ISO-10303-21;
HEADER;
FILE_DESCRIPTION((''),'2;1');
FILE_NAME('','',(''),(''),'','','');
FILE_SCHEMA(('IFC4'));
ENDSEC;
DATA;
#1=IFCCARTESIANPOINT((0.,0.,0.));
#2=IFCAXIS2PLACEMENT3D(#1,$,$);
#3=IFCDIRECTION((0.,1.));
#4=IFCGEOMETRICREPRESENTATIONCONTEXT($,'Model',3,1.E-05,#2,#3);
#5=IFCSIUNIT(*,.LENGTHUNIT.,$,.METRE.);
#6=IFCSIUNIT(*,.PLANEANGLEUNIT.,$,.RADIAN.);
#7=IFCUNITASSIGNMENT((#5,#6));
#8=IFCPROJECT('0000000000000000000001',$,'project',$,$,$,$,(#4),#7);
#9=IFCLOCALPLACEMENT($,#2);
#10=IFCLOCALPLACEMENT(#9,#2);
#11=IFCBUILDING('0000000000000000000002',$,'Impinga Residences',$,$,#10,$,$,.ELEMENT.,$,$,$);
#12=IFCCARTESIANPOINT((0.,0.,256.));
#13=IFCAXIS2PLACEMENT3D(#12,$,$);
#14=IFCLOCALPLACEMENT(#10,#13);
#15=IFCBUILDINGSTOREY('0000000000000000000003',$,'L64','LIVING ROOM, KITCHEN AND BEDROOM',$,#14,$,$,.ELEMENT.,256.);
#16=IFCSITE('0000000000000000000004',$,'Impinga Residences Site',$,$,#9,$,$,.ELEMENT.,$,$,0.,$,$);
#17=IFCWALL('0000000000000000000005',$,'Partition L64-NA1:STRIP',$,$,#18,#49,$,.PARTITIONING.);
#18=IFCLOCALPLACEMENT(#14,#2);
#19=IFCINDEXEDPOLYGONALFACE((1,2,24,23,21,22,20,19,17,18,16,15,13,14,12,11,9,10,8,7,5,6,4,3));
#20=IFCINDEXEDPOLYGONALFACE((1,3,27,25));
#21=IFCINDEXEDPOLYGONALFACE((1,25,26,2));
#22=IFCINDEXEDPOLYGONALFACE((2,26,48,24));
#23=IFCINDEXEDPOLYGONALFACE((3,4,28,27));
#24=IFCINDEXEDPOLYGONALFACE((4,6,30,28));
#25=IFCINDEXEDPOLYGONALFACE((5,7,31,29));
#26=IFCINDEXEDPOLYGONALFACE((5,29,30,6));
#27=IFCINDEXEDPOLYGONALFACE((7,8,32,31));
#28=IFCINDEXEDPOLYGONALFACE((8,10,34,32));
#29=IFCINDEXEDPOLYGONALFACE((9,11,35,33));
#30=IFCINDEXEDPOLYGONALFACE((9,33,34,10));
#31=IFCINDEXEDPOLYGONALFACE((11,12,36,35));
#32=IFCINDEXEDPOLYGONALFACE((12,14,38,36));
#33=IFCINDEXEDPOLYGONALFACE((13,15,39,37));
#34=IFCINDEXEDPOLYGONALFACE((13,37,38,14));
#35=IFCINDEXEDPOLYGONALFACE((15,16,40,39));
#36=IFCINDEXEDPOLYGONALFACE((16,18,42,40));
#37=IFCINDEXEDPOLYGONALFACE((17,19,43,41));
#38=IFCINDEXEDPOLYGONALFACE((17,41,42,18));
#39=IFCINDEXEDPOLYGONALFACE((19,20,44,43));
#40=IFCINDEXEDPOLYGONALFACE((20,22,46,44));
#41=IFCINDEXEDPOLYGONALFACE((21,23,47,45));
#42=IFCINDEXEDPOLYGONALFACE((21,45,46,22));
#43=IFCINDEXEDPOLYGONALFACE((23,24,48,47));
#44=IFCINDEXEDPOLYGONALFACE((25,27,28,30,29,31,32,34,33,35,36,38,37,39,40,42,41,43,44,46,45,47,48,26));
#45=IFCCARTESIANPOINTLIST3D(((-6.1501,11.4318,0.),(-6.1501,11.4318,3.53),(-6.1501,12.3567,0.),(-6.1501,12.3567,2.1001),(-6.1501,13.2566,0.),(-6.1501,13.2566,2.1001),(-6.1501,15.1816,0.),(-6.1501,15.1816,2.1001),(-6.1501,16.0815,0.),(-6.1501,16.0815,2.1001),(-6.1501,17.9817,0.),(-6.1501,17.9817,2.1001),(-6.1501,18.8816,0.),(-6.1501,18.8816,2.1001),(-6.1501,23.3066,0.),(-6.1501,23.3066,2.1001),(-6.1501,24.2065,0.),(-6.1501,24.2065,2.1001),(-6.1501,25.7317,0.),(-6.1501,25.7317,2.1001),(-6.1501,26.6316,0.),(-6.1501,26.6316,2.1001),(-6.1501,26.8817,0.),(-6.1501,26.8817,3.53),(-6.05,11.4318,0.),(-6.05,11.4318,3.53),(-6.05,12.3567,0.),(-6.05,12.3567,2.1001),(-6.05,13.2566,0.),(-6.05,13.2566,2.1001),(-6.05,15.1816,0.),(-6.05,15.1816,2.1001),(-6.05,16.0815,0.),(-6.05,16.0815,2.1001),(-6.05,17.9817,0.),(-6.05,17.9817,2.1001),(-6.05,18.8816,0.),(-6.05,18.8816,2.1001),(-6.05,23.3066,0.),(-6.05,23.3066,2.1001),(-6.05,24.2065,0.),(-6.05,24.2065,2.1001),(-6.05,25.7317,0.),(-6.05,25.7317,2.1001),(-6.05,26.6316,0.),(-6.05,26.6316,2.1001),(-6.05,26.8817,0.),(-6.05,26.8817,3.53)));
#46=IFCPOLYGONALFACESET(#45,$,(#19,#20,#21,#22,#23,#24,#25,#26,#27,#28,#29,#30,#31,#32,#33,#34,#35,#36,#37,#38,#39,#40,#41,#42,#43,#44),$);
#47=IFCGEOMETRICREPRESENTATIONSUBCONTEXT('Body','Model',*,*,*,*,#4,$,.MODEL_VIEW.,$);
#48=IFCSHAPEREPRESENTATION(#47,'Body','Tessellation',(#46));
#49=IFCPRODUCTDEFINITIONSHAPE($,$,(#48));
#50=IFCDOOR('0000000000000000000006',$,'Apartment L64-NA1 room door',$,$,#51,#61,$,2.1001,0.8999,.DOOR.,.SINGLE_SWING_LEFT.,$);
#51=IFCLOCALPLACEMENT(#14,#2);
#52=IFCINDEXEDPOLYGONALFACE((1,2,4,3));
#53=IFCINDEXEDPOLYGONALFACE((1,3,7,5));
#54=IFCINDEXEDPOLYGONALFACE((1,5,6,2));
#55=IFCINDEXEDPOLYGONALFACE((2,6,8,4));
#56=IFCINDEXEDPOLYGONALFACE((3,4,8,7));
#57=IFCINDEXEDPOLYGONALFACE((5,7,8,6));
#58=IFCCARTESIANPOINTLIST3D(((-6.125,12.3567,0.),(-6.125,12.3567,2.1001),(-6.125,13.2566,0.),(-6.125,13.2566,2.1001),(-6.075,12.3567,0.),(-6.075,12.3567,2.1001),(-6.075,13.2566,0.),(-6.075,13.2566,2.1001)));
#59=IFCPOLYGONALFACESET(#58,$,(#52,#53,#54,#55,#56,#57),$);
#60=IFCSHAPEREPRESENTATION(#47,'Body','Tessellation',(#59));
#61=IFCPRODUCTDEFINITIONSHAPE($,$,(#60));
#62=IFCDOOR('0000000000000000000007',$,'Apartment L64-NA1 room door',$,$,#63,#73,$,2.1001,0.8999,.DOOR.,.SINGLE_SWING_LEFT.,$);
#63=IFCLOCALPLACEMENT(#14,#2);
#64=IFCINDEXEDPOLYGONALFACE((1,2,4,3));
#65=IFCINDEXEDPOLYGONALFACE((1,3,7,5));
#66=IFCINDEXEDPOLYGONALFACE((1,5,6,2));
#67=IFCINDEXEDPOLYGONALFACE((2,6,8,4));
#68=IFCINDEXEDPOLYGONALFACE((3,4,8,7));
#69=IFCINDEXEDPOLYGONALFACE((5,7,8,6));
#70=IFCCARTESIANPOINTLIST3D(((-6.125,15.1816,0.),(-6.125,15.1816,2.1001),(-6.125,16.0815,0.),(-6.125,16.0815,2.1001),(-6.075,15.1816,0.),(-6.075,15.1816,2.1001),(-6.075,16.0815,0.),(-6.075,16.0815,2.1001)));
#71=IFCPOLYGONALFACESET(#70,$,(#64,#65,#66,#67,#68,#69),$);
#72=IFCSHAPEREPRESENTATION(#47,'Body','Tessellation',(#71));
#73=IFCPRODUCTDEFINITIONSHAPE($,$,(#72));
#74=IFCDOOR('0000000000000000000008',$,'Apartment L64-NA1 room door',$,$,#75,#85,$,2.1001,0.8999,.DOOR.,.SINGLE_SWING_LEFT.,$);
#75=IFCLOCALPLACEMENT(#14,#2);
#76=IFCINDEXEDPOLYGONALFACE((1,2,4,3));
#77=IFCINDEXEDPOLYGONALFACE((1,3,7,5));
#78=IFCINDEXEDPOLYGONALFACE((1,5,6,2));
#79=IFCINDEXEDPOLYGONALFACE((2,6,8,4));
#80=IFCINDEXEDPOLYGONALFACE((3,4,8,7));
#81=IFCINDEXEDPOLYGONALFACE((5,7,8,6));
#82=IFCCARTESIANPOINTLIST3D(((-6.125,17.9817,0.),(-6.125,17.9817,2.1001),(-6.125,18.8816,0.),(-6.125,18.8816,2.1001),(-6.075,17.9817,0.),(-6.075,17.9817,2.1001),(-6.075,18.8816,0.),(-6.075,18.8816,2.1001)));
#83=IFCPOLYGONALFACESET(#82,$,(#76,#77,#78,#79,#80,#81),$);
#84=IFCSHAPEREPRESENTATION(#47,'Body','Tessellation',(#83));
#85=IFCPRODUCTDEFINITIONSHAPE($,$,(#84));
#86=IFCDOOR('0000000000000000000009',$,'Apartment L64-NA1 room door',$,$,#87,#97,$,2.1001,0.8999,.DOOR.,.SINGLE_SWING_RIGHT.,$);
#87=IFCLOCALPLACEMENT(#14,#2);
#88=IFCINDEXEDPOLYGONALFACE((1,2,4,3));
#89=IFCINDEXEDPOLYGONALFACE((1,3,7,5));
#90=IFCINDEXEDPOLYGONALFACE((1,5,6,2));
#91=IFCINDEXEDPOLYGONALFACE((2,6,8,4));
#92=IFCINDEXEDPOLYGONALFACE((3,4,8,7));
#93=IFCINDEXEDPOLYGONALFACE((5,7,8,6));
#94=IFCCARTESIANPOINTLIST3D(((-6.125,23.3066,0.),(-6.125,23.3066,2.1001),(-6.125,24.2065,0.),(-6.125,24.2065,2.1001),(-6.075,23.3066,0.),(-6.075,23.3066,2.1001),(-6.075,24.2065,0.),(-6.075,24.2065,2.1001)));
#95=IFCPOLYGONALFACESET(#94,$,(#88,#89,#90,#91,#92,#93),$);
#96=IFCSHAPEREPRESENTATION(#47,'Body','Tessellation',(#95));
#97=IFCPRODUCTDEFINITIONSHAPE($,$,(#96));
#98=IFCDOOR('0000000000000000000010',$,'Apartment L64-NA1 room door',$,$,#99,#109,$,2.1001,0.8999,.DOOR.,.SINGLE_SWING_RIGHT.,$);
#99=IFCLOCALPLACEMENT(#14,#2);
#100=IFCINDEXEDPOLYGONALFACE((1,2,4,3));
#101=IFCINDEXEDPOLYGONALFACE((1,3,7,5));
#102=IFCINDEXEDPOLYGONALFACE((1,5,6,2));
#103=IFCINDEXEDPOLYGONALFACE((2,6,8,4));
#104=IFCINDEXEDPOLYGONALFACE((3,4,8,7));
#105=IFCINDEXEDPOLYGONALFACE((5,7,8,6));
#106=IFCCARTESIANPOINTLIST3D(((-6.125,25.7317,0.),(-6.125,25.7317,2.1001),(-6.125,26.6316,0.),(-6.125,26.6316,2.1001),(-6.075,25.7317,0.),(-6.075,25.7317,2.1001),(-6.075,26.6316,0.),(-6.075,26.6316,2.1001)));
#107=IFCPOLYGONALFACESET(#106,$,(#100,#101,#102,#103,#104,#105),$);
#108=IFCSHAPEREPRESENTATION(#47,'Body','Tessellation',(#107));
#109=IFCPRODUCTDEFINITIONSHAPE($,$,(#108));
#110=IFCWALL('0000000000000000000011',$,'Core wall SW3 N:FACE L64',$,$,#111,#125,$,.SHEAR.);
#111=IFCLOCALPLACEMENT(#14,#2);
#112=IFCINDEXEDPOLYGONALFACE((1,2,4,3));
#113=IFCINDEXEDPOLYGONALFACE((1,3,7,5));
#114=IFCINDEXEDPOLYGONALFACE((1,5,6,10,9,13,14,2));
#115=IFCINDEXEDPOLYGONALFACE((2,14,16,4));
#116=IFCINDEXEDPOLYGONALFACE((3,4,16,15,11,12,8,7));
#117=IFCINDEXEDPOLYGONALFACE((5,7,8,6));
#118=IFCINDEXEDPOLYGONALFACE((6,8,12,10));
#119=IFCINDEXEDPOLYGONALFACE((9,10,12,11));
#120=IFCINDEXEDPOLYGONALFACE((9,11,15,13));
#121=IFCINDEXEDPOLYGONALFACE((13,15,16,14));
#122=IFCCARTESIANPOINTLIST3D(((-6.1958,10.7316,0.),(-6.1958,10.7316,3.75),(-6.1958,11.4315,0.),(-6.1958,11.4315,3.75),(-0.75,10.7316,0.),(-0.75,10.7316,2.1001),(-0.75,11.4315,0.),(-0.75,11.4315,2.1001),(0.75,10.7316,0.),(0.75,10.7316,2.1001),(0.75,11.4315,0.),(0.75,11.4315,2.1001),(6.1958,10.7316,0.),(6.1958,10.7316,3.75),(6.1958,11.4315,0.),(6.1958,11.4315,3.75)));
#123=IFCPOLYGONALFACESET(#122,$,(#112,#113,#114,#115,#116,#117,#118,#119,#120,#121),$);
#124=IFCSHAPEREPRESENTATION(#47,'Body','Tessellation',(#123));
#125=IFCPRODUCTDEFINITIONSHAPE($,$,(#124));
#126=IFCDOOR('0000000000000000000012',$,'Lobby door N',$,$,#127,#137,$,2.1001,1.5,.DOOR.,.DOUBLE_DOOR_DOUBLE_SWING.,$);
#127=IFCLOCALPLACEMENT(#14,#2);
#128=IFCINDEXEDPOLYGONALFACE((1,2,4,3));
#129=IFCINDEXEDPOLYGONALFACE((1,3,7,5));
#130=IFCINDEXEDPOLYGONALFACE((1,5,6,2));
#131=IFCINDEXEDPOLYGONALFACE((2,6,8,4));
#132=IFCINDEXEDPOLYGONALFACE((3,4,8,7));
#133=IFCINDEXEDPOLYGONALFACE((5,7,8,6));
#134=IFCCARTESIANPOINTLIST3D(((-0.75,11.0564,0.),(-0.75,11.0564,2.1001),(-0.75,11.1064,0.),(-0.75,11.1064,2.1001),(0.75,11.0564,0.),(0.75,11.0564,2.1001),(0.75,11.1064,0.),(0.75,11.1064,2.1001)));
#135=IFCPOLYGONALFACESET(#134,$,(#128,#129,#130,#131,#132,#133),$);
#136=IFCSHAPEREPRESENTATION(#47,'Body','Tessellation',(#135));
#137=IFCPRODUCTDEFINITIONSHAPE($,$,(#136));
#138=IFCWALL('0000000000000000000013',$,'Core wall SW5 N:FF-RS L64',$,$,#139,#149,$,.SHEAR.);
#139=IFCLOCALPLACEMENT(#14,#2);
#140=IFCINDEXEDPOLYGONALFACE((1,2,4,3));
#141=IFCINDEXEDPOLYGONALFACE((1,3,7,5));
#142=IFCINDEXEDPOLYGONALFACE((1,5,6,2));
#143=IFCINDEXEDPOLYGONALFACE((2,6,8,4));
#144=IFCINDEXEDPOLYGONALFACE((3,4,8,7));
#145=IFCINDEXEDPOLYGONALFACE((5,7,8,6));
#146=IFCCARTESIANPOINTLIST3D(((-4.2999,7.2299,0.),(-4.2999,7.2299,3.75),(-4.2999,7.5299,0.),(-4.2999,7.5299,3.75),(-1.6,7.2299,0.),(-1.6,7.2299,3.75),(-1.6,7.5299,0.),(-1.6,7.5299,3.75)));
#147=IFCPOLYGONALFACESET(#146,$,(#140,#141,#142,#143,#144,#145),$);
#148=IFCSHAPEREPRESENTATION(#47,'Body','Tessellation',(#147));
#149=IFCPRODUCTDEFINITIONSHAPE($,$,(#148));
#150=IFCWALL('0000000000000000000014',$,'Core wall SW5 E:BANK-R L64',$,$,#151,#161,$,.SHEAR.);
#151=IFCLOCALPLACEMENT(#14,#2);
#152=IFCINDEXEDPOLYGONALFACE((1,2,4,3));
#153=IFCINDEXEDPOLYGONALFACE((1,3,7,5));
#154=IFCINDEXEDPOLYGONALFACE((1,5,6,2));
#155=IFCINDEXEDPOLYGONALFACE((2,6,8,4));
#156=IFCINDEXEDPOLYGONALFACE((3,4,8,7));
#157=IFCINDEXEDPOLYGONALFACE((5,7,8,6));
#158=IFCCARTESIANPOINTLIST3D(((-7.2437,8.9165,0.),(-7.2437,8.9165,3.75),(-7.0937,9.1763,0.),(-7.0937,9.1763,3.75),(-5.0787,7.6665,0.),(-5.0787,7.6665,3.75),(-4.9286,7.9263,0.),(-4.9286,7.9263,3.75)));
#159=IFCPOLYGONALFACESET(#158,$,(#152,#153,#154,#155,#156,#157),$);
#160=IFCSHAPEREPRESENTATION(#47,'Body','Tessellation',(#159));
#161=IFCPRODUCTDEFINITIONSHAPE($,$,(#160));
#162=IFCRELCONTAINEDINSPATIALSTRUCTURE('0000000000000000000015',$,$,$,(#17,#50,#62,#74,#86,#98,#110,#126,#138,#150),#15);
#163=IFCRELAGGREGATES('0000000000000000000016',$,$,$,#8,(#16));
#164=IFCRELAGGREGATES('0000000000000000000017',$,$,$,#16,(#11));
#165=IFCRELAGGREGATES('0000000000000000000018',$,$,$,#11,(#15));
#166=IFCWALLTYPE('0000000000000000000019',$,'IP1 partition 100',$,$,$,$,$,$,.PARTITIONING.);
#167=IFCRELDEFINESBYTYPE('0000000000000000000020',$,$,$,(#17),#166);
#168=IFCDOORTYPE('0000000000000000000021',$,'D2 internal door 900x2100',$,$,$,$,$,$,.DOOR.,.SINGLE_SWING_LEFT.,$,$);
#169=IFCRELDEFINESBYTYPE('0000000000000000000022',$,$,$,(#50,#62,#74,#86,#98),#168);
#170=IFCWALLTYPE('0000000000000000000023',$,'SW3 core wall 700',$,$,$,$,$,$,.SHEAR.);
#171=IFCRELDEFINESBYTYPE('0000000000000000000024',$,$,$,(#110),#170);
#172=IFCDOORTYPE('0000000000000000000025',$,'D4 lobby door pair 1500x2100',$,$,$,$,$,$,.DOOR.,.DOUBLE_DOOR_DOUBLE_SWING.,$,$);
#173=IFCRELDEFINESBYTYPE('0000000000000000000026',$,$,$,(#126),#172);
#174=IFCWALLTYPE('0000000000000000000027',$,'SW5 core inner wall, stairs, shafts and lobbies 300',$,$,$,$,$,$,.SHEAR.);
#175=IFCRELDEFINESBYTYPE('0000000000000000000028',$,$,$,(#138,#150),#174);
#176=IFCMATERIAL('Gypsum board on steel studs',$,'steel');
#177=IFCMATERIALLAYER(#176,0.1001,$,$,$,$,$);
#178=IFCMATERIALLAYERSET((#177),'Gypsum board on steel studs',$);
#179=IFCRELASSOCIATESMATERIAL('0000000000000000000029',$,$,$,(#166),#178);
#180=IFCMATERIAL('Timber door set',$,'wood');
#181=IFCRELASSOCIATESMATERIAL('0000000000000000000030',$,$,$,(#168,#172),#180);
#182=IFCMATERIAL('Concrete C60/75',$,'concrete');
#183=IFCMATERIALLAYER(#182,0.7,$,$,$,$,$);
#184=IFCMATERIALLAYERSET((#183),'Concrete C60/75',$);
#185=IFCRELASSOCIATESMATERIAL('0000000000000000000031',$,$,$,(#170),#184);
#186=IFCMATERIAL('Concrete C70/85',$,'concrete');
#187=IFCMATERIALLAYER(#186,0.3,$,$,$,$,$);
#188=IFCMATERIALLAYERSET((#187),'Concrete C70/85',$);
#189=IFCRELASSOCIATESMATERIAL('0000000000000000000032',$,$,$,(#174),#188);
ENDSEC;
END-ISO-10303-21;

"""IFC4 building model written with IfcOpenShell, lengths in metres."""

from ifc_helpers import new_model, si_unit, direction, frame, frame_2d, origin, place, context, subcontext, project, spatial, rectangle, extrude, material, layer, layer_set, type_object, element, fill, save


model = new_model("IFC4")

# Units and contexts
model_context = context("Model", 3, precision=1e-05, world=origin(), true_north=direction((0.0, 1.0)))
body_context = subcontext(model_context, "Body", "Model", "MODEL_VIEW")
ifc_project = project(units=[si_unit("LENGTHUNIT", "METRE"), si_unit("PLANEANGLEUNIT", "RADIAN")], contexts=[model_context])

# Site, building, storey
site_placement = place(None, origin())
site = spatial("IfcSite", under=ifc_project, at=site_placement, Name="Impinga Residences Site", CompositionType="ELEMENT", RefElevation=0.0)
building_placement = place(site_placement, origin())
building = spatial("IfcBuilding", under=site, at=building_placement, Name="Impinga Residences", CompositionType="ELEMENT")
storey_placement = place(building_placement, frame((0.0, 0.0, 256.0)))
storey = spatial("IfcBuildingStorey", under=building, at=storey_placement, Name="L64", Description="LIVING ROOM, KITCHEN AND BEDROOM", CompositionType="ELEMENT", Elevation=256.0)

# Shared definitions
ifc_material_1 = material(Name="Concrete C60/75", Category="concrete")

# Shared definitions
ifc_material_2 = material(Name="Timber door set", Category="wood")

# Wall, openings, doors
ifc_material_3 = material(Name="Gypsum board on steel studs", Category="steel")
ifc_layer_1 = layer(ifc_material_3, 0.1001)
ifc_layer_set_1 = layer_set([ifc_layer_1], Name="Gypsum board on steel studs")
wall_type_1 = type_object("IfcWallType", Name="IP1 partition 100", PredefinedType="PARTITIONING", material=ifc_layer_set_1)
wall_1_placement = place(storey_placement, frame((-6.1001, 11.4316, 0.0), z_axis=(0.0, 0.0, 1.0), x_axis=(0.0, 1.0, 0.0)))
wall_1 = element("IfcWall", 1, at=wall_1_placement, inside=storey, type_object=wall_type_1, Name="Partition L64-NA1:STRIP", PredefinedType="PARTITIONING", context=body_context, shape_type="SweptSolid", body=[
    extrude(rectangle(XDim=15.45, YDim=0.1001, at=frame_2d((7.7251, 0.0))), origin(), (0.0, 0.0, 1.0), 3.53),
])
opening_1_placement = place(wall_1_placement, frame((0.925, 0.0, 0.0)))
opening_1 = element("IfcOpeningElement", 2, at=opening_1_placement, cuts=wall_1, PredefinedType="OPENING", context=body_context, shape_type="SweptSolid", body=[
    extrude(rectangle(XDim=0.8999, YDim=2.1001, at=frame_2d((0.45, 1.05))), frame((0.0, 0.0601, 0.0), z_axis=(0.0, -1.0, 0.0), x_axis=(1.0, 0.0, 0.0)), (0.0, 0.0, 1.0), 0.1201),
])
opening_2_placement = place(wall_1_placement, frame((3.75, 0.0, 0.0)))
opening_2 = element("IfcOpeningElement", 3, at=opening_2_placement, cuts=wall_1, PredefinedType="OPENING", context=body_context, shape_type="SweptSolid", body=[
    extrude(rectangle(XDim=0.8999, YDim=2.1001, at=frame_2d((0.45, 1.05))), frame((0.0, 0.0601, 0.0), z_axis=(0.0, -1.0, 0.0), x_axis=(1.0, 0.0, 0.0)), (0.0, 0.0, 1.0), 0.1201),
])
opening_3_placement = place(wall_1_placement, frame((6.55, 0.0, 0.0)))
opening_3 = element("IfcOpeningElement", 4, at=opening_3_placement, cuts=wall_1, PredefinedType="OPENING", context=body_context, shape_type="SweptSolid", body=[
    extrude(rectangle(XDim=0.8999, YDim=2.1001, at=frame_2d((0.45, 1.05))), frame((0.0, 0.0601, 0.0), z_axis=(0.0, -1.0, 0.0), x_axis=(1.0, 0.0, 0.0)), (0.0, 0.0, 1.0), 0.1201),
])
opening_4_placement = place(wall_1_placement, frame((11.875, 0.0, 0.0)))
opening_4 = element("IfcOpeningElement", 5, at=opening_4_placement, cuts=wall_1, PredefinedType="OPENING", context=body_context, shape_type="SweptSolid", body=[
    extrude(rectangle(XDim=0.8999, YDim=2.1001, at=frame_2d((0.45, 1.05))), frame((0.0, 0.0601, 0.0), z_axis=(0.0, -1.0, 0.0), x_axis=(1.0, 0.0, 0.0)), (0.0, 0.0, 1.0), 0.1201),
])
opening_5_placement = place(wall_1_placement, frame((14.3, 0.0, 0.0)))
opening_5 = element("IfcOpeningElement", 6, at=opening_5_placement, cuts=wall_1, PredefinedType="OPENING", context=body_context, shape_type="SweptSolid", body=[
    extrude(rectangle(XDim=0.8999, YDim=2.1001, at=frame_2d((0.45, 1.05))), frame((0.0, 0.0601, 0.0), z_axis=(0.0, -1.0, 0.0), x_axis=(1.0, 0.0, 0.0)), (0.0, 0.0, 1.0), 0.1201),
])
door_type_1 = type_object("IfcDoorType", Name="D2 internal door 900x2100", OperationType="SINGLE_SWING_LEFT", PredefinedType="DOOR", material=ifc_material_2)
door_1_placement = place(opening_1_placement, origin())
door_1 = element("IfcDoor", 7, at=door_1_placement, inside=storey, type_object=door_type_1, Name="Apartment L64-NA1 room door", OperationType="SINGLE_SWING_LEFT", OverallHeight=2.1001, OverallWidth=0.8999, PredefinedType="DOOR", context=body_context, shape_type="SweptSolid", body=[
    extrude(rectangle(XDim=0.8999, YDim=2.1001, at=frame_2d((0.45, 1.05))), frame((0.0, 0.0249, 0.0), z_axis=(0.0, -1.0, 0.0), x_axis=(1.0, 0.0, 0.0)), (0.0, 0.0, 1.0), 0.05),
])
fill(opening_1, door_1)
door_2_placement = place(opening_2_placement, origin())
door_2 = element("IfcDoor", 8, at=door_2_placement, inside=storey, type_object=door_type_1, Name="Apartment L64-NA1 room door", OperationType="SINGLE_SWING_LEFT", OverallHeight=2.1001, OverallWidth=0.8999, PredefinedType="DOOR", context=body_context, shape_type="SweptSolid", body=[
    extrude(rectangle(XDim=0.8999, YDim=2.1001, at=frame_2d((0.45, 1.05))), frame((0.0, 0.0249, 0.0), z_axis=(0.0, -1.0, 0.0), x_axis=(1.0, 0.0, 0.0)), (0.0, 0.0, 1.0), 0.05),
])
fill(opening_2, door_2)
door_3_placement = place(opening_3_placement, origin())
door_3 = element("IfcDoor", 9, at=door_3_placement, inside=storey, type_object=door_type_1, Name="Apartment L64-NA1 room door", OperationType="SINGLE_SWING_LEFT", OverallHeight=2.1001, OverallWidth=0.8999, PredefinedType="DOOR", context=body_context, shape_type="SweptSolid", body=[
    extrude(rectangle(XDim=0.8999, YDim=2.1001, at=frame_2d((0.45, 1.05))), frame((0.0, 0.0249, 0.0), z_axis=(0.0, -1.0, 0.0), x_axis=(1.0, 0.0, 0.0)), (0.0, 0.0, 1.0), 0.05),
])
fill(opening_3, door_3)
door_4_placement = place(opening_4_placement, origin())
door_4 = element("IfcDoor", 10, at=door_4_placement, inside=storey, type_object=door_type_1, Name="Apartment L64-NA1 room door", OperationType="SINGLE_SWING_RIGHT", OverallHeight=2.1001, OverallWidth=0.8999, PredefinedType="DOOR", context=body_context, shape_type="SweptSolid", body=[
    extrude(rectangle(XDim=0.8999, YDim=2.1001, at=frame_2d((0.45, 1.05))), frame((0.0, 0.0249, 0.0), z_axis=(0.0, -1.0, 0.0), x_axis=(1.0, 0.0, 0.0)), (0.0, 0.0, 1.0), 0.05),
])
fill(opening_4, door_4)
door_5_placement = place(opening_5_placement, origin())
door_5 = element("IfcDoor", 11, at=door_5_placement, inside=storey, type_object=door_type_1, Name="Apartment L64-NA1 room door", OperationType="SINGLE_SWING_RIGHT", OverallHeight=2.1001, OverallWidth=0.8999, PredefinedType="DOOR", context=body_context, shape_type="SweptSolid", body=[
    extrude(rectangle(XDim=0.8999, YDim=2.1001, at=frame_2d((0.45, 1.05))), frame((0.0, 0.0249, 0.0), z_axis=(0.0, -1.0, 0.0), x_axis=(1.0, 0.0, 0.0)), (0.0, 0.0, 1.0), 0.05),
])
fill(opening_5, door_5)

# Wall, opening, door
ifc_layer_2 = layer(ifc_material_1, 0.7)
ifc_layer_set_2 = layer_set([ifc_layer_2], Name="Concrete C60/75")
wall_type_2 = type_object("IfcWallType", Name="SW3 core wall 700", PredefinedType="SHEAR", material=ifc_layer_set_2)
wall_2_placement = place(storey_placement, frame((-6.1958, 11.0815, 0.0), z_axis=(0.0, 0.0, 1.0), x_axis=(1.0, 0.0, 0.0)))
wall_2 = element("IfcWall", 12, at=wall_2_placement, inside=storey, type_object=wall_type_2, Name="Core wall SW3 N:FACE L64", PredefinedType="SHEAR", context=body_context, shape_type="SweptSolid", body=[
    extrude(rectangle(XDim=12.3916, YDim=0.7, at=frame_2d((6.1958, 0.0))), origin(), (0.0, 0.0, 1.0), 3.75),
])
opening_6_placement = place(wall_2_placement, frame((5.4458, 0.0, 0.0)))
opening_6 = element("IfcOpeningElement", 13, at=opening_6_placement, cuts=wall_2, PredefinedType="OPENING", context=body_context, shape_type="SweptSolid", body=[
    extrude(rectangle(XDim=1.5, YDim=2.1001, at=frame_2d((0.75, 1.05))), frame((0.0, 0.3599, 0.0), z_axis=(0.0, -1.0, 0.0), x_axis=(1.0, 0.0, 0.0)), (0.0, 0.0, 1.0), 0.72),
])
door_type_2 = type_object("IfcDoorType", Name="D4 lobby door pair 1500x2100", OperationType="DOUBLE_DOOR_DOUBLE_SWING", PredefinedType="DOOR", material=ifc_material_2)
door_6_placement = place(opening_6_placement, origin())
door_6 = element("IfcDoor", 14, at=door_6_placement, inside=storey, type_object=door_type_2, Name="Lobby door N", OperationType="DOUBLE_DOOR_DOUBLE_SWING", OverallHeight=2.1001, OverallWidth=1.5, PredefinedType="DOOR", context=body_context, shape_type="SweptSolid", body=[
    extrude(rectangle(XDim=1.5, YDim=2.1001, at=frame_2d((0.75, 1.05))), frame((0.0, 0.0249, 0.0), z_axis=(0.0, -1.0, 0.0), x_axis=(1.0, 0.0, 0.0)), (0.0, 0.0, 1.0), 0.05),
])
fill(opening_6, door_6)

# Walls
ifc_material_4 = material(Name="Concrete C70/85", Category="concrete")
ifc_layer_3 = layer(ifc_material_4, 0.3)
ifc_layer_set_3 = layer_set([ifc_layer_3], Name="Concrete C70/85")
wall_type_3 = type_object("IfcWallType", Name="SW5 core inner wall, stairs, shafts and lobbies 300", PredefinedType="SHEAR", material=ifc_layer_set_3)
wall_3_placement = place(storey_placement, frame((-4.3, 7.3799, 0.0), z_axis=(0.0, 0.0, 1.0), x_axis=(1.0, 0.0, 0.0)))
element("IfcWall", 15, at=wall_3_placement, inside=storey, type_object=wall_type_3, Name="Core wall SW5 N:FF-RS L64", PredefinedType="SHEAR", context=body_context, shape_type="SweptSolid", body=[
    extrude(rectangle(XDim=2.7, YDim=0.3, at=frame_2d((1.3501, 0.0))), origin(), (0.0, 0.0, 1.0), 3.75),
])
wall_4_placement = place(storey_placement, frame((-5.0037, 7.7964, 0.0), z_axis=(0.0, 0.0, 1.0), x_axis=(-0.866023, 0.500004, 0.0)))
element("IfcWall", 16, at=wall_4_placement, inside=storey, type_object=wall_type_3, Name="Core wall SW5 E:BANK-R L64", PredefinedType="SHEAR", context=body_context, shape_type="SweptSolid", body=[
    extrude(rectangle(XDim=2.5, YDim=0.3, at=frame_2d((1.25, 0.0))), origin(), (0.0, 0.0, 1.0), 3.75),
])

save(model, "model.ifc")
